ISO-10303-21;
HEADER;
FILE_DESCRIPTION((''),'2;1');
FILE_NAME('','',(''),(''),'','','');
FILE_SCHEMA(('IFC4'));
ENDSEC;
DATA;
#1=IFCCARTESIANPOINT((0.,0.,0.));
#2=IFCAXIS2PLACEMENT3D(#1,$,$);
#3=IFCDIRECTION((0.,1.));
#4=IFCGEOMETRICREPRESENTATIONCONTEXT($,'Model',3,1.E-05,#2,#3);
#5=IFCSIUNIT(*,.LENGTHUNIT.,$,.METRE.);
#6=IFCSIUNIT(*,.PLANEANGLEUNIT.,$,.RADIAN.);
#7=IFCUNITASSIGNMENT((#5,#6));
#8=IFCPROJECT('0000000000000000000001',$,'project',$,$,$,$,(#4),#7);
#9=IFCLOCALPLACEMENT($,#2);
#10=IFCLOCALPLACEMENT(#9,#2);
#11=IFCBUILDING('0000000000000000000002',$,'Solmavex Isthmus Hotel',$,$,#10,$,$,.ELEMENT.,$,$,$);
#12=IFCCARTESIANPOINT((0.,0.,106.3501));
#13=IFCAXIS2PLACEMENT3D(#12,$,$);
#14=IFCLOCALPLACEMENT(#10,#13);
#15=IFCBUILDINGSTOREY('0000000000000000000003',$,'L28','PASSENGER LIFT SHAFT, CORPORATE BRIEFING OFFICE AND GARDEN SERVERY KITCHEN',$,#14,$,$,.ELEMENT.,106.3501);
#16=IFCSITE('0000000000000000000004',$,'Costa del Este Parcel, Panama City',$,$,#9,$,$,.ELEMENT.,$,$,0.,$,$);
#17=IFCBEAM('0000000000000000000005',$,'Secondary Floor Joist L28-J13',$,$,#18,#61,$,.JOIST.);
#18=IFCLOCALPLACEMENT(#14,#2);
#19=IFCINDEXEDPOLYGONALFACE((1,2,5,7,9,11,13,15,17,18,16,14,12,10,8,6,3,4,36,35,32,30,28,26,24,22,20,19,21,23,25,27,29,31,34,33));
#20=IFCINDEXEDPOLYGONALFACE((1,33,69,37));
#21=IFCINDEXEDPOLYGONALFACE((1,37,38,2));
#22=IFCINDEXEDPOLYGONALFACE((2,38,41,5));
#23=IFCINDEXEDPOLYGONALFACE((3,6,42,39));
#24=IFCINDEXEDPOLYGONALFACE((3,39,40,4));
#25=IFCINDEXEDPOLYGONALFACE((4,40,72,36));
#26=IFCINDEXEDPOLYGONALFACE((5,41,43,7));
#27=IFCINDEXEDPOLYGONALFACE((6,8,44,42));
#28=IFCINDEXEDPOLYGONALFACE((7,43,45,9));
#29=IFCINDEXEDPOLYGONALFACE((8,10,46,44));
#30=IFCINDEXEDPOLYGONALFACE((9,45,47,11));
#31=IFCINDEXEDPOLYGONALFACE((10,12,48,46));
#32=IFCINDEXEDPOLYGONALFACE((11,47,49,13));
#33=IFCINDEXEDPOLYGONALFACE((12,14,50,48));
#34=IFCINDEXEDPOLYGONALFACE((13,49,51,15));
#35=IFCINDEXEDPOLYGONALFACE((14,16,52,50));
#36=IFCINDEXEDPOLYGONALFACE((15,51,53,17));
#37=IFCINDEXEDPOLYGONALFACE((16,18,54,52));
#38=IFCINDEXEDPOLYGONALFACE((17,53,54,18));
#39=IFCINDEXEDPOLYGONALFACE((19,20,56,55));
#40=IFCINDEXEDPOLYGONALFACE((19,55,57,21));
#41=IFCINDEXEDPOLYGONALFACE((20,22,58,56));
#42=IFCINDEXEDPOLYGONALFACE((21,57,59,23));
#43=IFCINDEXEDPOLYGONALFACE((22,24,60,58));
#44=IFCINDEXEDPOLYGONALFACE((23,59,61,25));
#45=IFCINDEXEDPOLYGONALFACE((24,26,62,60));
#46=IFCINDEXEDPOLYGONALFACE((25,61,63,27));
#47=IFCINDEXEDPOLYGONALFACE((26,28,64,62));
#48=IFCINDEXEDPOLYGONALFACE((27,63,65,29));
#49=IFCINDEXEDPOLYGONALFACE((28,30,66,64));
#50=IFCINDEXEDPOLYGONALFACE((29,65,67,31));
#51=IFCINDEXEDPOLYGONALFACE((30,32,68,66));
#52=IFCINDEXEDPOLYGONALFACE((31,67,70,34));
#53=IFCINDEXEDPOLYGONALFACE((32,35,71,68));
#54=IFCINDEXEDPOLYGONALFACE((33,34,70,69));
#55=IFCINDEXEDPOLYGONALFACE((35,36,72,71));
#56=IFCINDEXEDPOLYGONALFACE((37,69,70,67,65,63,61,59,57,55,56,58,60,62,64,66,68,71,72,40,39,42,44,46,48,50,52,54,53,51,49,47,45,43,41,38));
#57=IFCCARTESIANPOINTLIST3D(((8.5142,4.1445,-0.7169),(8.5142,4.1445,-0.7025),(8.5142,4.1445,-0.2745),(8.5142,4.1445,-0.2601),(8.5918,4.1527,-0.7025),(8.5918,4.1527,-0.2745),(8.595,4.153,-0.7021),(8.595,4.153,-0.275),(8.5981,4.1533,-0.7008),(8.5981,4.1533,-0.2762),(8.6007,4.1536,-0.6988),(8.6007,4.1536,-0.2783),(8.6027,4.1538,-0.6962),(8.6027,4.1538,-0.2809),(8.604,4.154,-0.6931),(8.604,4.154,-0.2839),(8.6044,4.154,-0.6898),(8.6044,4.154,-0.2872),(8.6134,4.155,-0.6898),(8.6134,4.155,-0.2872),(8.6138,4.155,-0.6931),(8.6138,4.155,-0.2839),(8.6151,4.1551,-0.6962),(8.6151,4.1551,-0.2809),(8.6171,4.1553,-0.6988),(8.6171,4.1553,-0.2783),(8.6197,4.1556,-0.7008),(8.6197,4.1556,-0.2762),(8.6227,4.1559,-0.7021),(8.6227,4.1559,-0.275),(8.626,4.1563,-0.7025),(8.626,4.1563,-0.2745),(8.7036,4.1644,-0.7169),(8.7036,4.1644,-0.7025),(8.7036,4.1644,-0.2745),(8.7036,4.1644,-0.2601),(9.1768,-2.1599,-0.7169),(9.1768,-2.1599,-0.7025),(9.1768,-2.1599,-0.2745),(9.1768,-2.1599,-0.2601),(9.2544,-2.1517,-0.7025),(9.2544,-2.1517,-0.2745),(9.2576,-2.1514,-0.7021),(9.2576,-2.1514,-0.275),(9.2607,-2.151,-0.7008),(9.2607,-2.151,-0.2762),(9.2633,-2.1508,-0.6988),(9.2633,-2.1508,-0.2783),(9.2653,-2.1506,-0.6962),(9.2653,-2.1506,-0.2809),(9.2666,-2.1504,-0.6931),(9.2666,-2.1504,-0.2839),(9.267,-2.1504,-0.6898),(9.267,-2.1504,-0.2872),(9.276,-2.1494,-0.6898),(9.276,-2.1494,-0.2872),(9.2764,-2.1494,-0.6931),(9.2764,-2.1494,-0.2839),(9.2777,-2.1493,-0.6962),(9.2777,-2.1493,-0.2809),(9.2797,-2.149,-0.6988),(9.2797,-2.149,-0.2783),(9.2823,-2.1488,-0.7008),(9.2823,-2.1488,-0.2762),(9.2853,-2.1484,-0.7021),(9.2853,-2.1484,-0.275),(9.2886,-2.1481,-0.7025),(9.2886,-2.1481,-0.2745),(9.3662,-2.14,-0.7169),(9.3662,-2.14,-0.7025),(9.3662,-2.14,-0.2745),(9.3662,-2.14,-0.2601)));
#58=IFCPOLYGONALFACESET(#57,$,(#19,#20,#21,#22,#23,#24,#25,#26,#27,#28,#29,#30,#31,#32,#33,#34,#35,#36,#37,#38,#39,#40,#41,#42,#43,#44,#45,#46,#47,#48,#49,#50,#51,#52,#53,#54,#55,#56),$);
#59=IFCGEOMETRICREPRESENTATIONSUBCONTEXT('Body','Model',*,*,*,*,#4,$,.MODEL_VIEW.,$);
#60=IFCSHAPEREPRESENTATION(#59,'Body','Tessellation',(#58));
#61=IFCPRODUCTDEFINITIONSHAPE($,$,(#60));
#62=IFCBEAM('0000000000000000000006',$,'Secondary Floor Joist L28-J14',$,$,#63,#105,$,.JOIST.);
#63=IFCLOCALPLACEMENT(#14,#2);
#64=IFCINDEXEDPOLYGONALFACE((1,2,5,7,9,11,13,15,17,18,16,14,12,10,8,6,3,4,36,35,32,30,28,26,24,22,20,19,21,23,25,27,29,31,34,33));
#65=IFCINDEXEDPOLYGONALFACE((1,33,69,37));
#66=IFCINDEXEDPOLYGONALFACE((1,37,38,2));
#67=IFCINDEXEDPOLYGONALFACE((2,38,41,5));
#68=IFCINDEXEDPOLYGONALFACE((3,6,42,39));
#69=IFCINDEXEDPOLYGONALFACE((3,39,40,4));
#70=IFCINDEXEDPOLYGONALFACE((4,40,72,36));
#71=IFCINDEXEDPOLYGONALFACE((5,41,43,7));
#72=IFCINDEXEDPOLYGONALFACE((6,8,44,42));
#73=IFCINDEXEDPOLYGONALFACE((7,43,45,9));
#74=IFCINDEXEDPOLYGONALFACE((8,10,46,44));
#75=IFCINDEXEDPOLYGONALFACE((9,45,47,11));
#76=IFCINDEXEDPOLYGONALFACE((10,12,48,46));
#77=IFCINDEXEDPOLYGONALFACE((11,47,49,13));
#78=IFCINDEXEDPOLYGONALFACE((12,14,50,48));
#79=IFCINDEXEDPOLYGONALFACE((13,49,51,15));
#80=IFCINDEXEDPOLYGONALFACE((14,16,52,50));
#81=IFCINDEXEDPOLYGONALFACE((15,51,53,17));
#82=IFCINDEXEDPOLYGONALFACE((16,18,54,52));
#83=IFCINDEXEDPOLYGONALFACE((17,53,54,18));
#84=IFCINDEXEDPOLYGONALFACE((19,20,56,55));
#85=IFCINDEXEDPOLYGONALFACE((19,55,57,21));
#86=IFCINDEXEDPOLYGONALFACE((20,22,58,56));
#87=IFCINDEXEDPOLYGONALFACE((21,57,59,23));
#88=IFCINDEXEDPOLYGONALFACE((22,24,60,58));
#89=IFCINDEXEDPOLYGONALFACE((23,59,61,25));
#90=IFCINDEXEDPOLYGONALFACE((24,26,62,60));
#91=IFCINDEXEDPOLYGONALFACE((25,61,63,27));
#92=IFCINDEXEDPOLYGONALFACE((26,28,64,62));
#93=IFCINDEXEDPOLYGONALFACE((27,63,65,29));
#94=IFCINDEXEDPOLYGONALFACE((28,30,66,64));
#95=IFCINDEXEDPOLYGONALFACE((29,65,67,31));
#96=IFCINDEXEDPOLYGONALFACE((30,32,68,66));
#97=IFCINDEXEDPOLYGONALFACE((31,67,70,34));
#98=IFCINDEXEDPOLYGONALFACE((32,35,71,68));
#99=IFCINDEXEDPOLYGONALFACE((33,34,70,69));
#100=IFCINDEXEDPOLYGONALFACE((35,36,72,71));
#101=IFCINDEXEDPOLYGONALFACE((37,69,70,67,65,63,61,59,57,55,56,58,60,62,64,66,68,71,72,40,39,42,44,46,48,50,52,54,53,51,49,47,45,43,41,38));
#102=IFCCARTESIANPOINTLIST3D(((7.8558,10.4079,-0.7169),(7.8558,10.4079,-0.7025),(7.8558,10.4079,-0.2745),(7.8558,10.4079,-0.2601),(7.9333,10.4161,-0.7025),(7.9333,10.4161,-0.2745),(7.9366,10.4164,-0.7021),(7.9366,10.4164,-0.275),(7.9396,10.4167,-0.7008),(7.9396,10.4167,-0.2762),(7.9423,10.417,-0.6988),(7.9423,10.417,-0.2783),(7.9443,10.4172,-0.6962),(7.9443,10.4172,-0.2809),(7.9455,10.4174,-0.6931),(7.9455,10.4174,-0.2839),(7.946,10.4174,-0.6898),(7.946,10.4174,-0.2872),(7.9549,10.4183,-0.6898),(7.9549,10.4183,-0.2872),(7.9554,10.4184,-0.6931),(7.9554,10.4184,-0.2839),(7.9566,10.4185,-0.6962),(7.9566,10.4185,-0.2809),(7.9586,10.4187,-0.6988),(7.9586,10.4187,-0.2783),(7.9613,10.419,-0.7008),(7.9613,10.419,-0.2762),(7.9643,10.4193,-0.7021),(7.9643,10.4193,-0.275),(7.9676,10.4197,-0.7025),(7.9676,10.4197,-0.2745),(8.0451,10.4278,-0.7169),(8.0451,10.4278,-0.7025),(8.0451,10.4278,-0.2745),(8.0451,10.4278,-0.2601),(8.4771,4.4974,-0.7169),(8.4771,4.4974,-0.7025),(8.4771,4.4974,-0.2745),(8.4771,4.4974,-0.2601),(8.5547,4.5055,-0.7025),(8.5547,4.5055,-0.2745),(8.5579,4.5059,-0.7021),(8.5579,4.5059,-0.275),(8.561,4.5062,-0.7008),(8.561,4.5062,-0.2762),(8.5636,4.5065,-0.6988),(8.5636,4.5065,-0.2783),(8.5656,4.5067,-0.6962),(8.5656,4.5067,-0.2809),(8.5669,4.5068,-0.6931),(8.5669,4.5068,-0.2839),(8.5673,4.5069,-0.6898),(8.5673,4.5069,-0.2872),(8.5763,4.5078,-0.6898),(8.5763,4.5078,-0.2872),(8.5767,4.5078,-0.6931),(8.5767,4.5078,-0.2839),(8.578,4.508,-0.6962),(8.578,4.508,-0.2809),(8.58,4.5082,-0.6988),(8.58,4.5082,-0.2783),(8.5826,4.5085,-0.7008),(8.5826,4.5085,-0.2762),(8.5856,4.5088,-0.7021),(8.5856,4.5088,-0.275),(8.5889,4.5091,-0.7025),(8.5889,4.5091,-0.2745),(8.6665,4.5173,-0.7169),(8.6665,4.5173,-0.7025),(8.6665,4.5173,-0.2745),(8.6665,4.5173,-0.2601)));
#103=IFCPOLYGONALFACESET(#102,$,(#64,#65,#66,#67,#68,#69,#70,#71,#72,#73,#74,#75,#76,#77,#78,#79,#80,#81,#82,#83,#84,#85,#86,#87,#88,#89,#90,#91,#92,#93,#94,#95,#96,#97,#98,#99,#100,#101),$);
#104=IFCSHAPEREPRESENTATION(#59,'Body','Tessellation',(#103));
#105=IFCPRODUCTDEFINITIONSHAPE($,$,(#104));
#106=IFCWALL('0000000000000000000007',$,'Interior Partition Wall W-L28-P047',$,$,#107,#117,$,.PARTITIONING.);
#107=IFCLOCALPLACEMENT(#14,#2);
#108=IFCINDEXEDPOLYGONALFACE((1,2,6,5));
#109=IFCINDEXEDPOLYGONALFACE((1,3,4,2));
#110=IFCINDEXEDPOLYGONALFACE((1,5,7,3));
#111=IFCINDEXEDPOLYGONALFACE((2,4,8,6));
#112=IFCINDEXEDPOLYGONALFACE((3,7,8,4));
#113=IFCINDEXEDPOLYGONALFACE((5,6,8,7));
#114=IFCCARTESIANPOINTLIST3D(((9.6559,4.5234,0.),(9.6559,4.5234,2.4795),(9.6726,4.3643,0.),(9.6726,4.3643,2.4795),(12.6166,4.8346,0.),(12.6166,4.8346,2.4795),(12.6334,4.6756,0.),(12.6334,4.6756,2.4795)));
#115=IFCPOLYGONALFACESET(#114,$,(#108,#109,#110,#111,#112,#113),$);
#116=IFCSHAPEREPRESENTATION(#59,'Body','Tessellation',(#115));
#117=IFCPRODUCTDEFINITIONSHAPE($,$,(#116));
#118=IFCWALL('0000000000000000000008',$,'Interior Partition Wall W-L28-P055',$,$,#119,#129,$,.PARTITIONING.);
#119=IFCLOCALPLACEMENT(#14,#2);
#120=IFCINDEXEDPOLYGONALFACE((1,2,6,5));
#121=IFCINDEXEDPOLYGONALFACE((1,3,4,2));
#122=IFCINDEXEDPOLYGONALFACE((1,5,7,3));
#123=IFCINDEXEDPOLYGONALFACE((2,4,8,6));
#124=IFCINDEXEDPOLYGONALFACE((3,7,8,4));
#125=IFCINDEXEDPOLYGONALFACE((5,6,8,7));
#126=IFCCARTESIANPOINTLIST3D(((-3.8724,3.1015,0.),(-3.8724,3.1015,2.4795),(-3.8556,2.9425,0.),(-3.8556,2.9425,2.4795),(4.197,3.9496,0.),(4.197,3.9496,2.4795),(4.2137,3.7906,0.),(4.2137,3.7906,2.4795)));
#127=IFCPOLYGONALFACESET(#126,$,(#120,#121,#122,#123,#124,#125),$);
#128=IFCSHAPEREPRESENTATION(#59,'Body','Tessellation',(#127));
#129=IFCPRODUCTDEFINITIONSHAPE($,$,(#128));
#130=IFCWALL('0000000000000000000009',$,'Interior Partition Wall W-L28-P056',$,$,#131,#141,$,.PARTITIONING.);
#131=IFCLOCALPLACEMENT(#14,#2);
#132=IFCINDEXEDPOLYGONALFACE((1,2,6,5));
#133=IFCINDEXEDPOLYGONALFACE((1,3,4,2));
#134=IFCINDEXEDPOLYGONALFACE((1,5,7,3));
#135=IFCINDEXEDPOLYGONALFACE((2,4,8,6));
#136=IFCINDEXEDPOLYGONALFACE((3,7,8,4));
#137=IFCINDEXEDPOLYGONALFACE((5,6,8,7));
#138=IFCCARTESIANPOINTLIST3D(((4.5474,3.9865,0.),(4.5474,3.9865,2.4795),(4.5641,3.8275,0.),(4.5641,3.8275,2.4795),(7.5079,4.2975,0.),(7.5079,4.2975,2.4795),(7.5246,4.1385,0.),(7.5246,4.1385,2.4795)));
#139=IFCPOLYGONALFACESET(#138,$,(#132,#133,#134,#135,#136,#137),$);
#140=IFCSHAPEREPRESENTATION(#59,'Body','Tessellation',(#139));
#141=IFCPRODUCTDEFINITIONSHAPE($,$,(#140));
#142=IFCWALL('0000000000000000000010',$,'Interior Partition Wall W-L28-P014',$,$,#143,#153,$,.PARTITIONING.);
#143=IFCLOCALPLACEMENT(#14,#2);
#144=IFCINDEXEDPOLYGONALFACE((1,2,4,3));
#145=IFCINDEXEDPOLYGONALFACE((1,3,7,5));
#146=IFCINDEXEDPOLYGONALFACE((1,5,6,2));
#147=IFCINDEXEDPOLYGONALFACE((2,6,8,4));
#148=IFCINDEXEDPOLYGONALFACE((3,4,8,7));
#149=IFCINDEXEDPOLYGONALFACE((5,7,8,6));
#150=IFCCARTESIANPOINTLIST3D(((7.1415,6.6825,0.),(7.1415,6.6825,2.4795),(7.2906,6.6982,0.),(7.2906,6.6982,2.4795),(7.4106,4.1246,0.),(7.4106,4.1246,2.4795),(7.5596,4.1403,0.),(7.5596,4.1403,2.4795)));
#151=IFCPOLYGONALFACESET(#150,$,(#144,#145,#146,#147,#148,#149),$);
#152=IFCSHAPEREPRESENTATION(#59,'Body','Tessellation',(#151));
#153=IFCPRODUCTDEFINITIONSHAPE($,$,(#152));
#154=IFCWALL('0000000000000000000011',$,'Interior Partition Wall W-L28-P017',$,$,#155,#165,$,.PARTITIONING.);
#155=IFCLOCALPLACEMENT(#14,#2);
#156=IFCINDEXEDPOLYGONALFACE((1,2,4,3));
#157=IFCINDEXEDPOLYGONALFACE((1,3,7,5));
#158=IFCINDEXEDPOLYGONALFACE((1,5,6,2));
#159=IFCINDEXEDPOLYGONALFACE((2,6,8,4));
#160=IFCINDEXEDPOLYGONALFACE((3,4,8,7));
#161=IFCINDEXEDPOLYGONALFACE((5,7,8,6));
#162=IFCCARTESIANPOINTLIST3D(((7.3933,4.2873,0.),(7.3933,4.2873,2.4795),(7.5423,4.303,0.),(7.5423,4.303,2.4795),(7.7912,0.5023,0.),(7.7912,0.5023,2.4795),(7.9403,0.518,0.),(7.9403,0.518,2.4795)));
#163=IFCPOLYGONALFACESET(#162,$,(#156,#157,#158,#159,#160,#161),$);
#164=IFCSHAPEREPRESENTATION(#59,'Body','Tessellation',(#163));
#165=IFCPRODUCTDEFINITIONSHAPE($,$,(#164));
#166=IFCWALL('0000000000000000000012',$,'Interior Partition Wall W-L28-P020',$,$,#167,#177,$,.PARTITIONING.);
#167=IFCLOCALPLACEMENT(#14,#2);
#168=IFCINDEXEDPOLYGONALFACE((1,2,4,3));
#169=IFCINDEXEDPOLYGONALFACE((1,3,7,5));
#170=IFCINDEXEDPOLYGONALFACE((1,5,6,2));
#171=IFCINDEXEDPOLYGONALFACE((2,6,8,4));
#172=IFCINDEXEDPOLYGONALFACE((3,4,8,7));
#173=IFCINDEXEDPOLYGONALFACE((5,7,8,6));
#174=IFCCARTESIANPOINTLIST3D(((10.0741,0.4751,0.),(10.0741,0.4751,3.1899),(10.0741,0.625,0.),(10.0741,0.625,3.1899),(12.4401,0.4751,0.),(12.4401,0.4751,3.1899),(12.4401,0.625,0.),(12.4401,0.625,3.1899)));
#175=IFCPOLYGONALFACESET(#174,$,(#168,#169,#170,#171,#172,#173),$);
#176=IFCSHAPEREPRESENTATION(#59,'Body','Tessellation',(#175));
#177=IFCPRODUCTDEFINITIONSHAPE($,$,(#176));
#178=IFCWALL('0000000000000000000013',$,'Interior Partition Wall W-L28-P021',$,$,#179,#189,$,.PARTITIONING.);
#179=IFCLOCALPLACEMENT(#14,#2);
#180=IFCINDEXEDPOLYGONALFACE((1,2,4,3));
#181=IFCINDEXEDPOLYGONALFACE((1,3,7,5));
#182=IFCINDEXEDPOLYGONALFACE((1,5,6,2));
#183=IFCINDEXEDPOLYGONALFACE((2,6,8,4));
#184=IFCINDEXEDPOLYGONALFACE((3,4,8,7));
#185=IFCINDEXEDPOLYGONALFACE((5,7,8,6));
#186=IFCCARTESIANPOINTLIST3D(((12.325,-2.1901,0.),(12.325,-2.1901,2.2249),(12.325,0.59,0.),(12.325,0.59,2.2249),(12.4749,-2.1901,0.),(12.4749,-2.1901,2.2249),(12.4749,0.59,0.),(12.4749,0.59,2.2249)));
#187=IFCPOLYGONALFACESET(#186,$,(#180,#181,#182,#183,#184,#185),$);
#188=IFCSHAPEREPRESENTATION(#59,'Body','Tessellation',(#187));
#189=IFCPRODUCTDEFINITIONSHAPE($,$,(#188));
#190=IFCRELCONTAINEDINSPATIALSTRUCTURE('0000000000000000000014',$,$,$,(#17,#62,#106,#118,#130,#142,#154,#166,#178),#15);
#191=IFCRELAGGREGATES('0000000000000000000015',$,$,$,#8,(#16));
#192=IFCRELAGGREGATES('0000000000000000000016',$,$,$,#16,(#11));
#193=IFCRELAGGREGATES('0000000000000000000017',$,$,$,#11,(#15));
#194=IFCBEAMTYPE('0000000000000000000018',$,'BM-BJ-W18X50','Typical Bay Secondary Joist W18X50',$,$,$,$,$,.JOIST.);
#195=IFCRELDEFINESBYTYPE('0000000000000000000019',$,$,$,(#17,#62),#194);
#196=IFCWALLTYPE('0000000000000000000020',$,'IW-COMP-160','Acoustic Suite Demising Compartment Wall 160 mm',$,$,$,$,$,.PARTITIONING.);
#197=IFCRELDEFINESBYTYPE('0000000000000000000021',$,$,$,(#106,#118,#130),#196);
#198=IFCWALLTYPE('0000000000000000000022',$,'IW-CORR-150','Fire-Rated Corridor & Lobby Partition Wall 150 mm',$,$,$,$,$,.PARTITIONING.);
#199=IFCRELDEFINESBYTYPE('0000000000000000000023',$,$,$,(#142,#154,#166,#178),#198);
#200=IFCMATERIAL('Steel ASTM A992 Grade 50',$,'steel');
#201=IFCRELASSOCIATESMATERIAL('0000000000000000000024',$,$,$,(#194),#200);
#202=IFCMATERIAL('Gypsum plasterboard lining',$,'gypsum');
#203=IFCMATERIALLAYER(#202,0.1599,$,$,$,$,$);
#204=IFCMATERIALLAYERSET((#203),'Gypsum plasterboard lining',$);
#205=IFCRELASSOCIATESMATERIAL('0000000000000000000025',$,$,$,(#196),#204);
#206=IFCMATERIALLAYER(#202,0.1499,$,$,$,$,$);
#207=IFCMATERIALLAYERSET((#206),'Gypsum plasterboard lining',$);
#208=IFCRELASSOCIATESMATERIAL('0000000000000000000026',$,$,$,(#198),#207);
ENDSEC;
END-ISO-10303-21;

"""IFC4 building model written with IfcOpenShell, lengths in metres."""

from ifc_helpers import new_model, si_unit, direction, frame, frame_2d, origin, origin_2d, place, context, subcontext, project, spatial, rectangle, i_section, extrude, material, layer, layer_set, material_profile, profile_set, type_object, element, save


model = new_model("IFC4")

# Units and contexts
model_context = context("Model", 3, precision=1e-05, world=origin(), true_north=direction((0.0, 1.0)))
body_context = subcontext(model_context, "Body", "Model", "MODEL_VIEW")
ifc_project = project(units=[si_unit("LENGTHUNIT", "METRE"), si_unit("PLANEANGLEUNIT", "RADIAN")], contexts=[model_context])

# Site, building, storey
site_placement = place(None, origin())
site = spatial("IfcSite", under=ifc_project, at=site_placement, Name="Costa del Este Parcel, Panama City", CompositionType="ELEMENT", RefElevation=0.0)
building_placement = place(site_placement, origin())
building = spatial("IfcBuilding", under=site, at=building_placement, Name="Solmavex Isthmus Hotel", CompositionType="ELEMENT")
storey_placement = place(building_placement, frame((0.0, 0.0, 106.3501)))
storey = spatial("IfcBuildingStorey", under=building, at=storey_placement, Name="L28", Description="PASSENGER LIFT SHAFT, CORPORATE BRIEFING OFFICE AND GARDEN SERVERY KITCHEN", CompositionType="ELEMENT", Elevation=106.3501)

# Beams
ifc_material_1 = material(Name="Steel ASTM A992 Grade 50", Category="steel")
ifc_material_profile_1 = material_profile(ifc_material_1, i_section(OverallWidth=0.1904, OverallDepth=0.4568, WebThickness=0.009, FlangeThickness=0.0144, FilletRadius=0.0127, at=origin_2d()), Name="W18X50")
ifc_profile_set_1 = profile_set([ifc_material_profile_1], Name="Steel ASTM A992 Grade 50")
beam_type_1 = type_object("IfcBeamType", Name="BM-BJ-W18X50", Description="Typical Bay Secondary Joist W18X50", PredefinedType="JOIST", material=ifc_profile_set_1)
beam_1_placement = place(storey_placement, frame((9.2715, -2.1499, -0.4885), z_axis=(-0.104524, 0.994522, 0.0), x_axis=(-0.994522, -0.104524, 0.0)))
element("IfcBeam", 1, at=beam_1_placement, inside=storey, type_object=beam_type_1, Name="Secondary Floor Joist L28-J13", PredefinedType="JOIST", context=body_context, shape_type="SweptSolid", body=[
    extrude(i_section(OverallWidth=0.1904, OverallDepth=0.4568, WebThickness=0.009, FlangeThickness=0.0144, FilletRadius=0.0127, at=origin_2d()), origin(), (0.0, 0.0, 1.0), 6.3391),
])
beam_2_placement = place(storey_placement, frame((8.5718, 4.5073, -0.4885), z_axis=(-0.104546, 0.99452, 0.0), x_axis=(-0.99452, -0.104546, 0.0)))
element("IfcBeam", 2, at=beam_2_placement, inside=storey, type_object=beam_type_1, Name="Secondary Floor Joist L28-J14", PredefinedType="JOIST", context=body_context, shape_type="SweptSolid", body=[
    extrude(i_section(OverallWidth=0.1904, OverallDepth=0.4568, WebThickness=0.009, FlangeThickness=0.0144, FilletRadius=0.0127, at=origin_2d()), origin(), (0.0, 0.0, 1.0), 5.9431),
])

# Walls
ifc_material_2 = material(Name="Gypsum plasterboard lining", Category="gypsum")
ifc_layer_1 = layer(ifc_material_2, 0.1599)
ifc_layer_set_1 = layer_set([ifc_layer_1], Name="Gypsum plasterboard lining")
wall_type_1 = type_object("IfcWallType", Name="IW-COMP-160", Description="Acoustic Suite Demising Compartment Wall 160 mm", PredefinedType="PARTITIONING", material=ifc_layer_set_1)
wall_1_placement = place(storey_placement, frame((12.625, 4.7551, 0.0), z_axis=(0.0, 0.0, 1.0), x_axis=(-0.994518, -0.104561, 0.0)))
element("IfcWall", 3, at=wall_1_placement, inside=storey, type_object=wall_type_1, Name="Interior Partition Wall W-L28-P047", PredefinedType="PARTITIONING", context=body_context, shape_type="SweptSolid", body=[
    extrude(rectangle(XDim=2.9771, YDim=0.1599, at=frame_2d((1.4885, 0.0))), origin(), (0.0, 0.0, 1.0), 2.4795),
])
wall_2_placement = place(storey_placement, frame((4.2053, 3.8701, 0.0), z_axis=(0.0, 0.0, 1.0), x_axis=(-0.994522, -0.104531, 0.0)))
element("IfcWall", 4, at=wall_2_placement, inside=storey, type_object=wall_type_1, Name="Interior Partition Wall W-L28-P055", PredefinedType="PARTITIONING", context=body_context, shape_type="SweptSolid", body=[
    extrude(rectangle(XDim=8.1138, YDim=0.1599, at=frame_2d((4.0569, 0.0))), origin(), (0.0, 0.0, 1.0), 2.4795),
])
wall_3_placement = place(storey_placement, frame((7.5161, 4.218, 0.0), z_axis=(0.0, 0.0, 1.0), x_axis=(-0.994526, -0.104488, 0.0)))
element("IfcWall", 5, at=wall_3_placement, inside=storey, type_object=wall_type_1, Name="Interior Partition Wall W-L28-P056", PredefinedType="PARTITIONING", context=body_context, shape_type="SweptSolid", body=[
    extrude(rectangle(XDim=2.9768, YDim=0.1599, at=frame_2d((1.4883, 0.0))), origin(), (0.0, 0.0, 1.0), 2.4795),
])
ifc_layer_2 = layer(ifc_material_2, 0.1499)
ifc_layer_set_2 = layer_set([ifc_layer_2], Name="Gypsum plasterboard lining")
wall_type_2 = type_object("IfcWallType", Name="IW-CORR-150", Description="Fire-Rated Corridor & Lobby Partition Wall 150 mm", PredefinedType="PARTITIONING", material=ifc_layer_set_2)
wall_4_placement = place(storey_placement, frame((7.4851, 4.1323, 0.0), z_axis=(0.0, 0.0, 1.0), x_axis=(-0.104606, 0.994514, 0.0)))
element("IfcWall", 6, at=wall_4_placement, inside=storey, type_object=wall_type_2, Name="Interior Partition Wall W-L28-P014", PredefinedType="PARTITIONING", context=body_context, shape_type="SweptSolid", body=[
    extrude(rectangle(XDim=2.572, YDim=0.1499, at=frame_2d((1.2861, 0.0))), origin(), (0.0, 0.0, 1.0), 2.4795),
])
wall_5_placement = place(storey_placement, frame((7.8657, 0.5103, 0.0), z_axis=(0.0, 0.0, 1.0), x_axis=(-0.104558, 0.994519, 0.0)))
element("IfcWall", 7, at=wall_5_placement, inside=storey, type_object=wall_type_2, Name="Interior Partition Wall W-L28-P017", PredefinedType="PARTITIONING", context=body_context, shape_type="SweptSolid", body=[
    extrude(rectangle(XDim=3.8059, YDim=0.1499, at=frame_2d((1.9028, 0.0))), origin(), (0.0, 0.0, 1.0), 2.4795),
])

# Walls
wall_6_placement = place(storey_placement, frame((10.074, 0.55, 0.0), z_axis=(0.0, 0.0, 1.0), x_axis=(1.0, 0.0, 0.0)))
element("IfcWall", 8, at=wall_6_placement, inside=storey, type_object=wall_type_2, Name="Interior Partition Wall W-L28-P020", PredefinedType="PARTITIONING", context=body_context, shape_type="SweptSolid", body=[
    extrude(rectangle(XDim=2.366, YDim=0.1499, at=frame_2d((1.1831, 0.0))), origin(), (0.0, 0.0, 1.0), 3.1899),
])
wall_7_placement = place(storey_placement, frame((12.3999, 0.5901, 0.0), z_axis=(0.0, 0.0, 1.0), x_axis=(0.0, -1.0, 0.0)))
element("IfcWall", 9, at=wall_7_placement, inside=storey, type_object=wall_type_2, Name="Interior Partition Wall W-L28-P021", PredefinedType="PARTITIONING", context=body_context, shape_type="SweptSolid", body=[
    extrude(rectangle(XDim=2.78, YDim=0.1499, at=frame_2d((1.3901, 0.0))), origin(), (0.0, 0.0, 1.0), 2.2249),
])

save(model, "model.ifc")
